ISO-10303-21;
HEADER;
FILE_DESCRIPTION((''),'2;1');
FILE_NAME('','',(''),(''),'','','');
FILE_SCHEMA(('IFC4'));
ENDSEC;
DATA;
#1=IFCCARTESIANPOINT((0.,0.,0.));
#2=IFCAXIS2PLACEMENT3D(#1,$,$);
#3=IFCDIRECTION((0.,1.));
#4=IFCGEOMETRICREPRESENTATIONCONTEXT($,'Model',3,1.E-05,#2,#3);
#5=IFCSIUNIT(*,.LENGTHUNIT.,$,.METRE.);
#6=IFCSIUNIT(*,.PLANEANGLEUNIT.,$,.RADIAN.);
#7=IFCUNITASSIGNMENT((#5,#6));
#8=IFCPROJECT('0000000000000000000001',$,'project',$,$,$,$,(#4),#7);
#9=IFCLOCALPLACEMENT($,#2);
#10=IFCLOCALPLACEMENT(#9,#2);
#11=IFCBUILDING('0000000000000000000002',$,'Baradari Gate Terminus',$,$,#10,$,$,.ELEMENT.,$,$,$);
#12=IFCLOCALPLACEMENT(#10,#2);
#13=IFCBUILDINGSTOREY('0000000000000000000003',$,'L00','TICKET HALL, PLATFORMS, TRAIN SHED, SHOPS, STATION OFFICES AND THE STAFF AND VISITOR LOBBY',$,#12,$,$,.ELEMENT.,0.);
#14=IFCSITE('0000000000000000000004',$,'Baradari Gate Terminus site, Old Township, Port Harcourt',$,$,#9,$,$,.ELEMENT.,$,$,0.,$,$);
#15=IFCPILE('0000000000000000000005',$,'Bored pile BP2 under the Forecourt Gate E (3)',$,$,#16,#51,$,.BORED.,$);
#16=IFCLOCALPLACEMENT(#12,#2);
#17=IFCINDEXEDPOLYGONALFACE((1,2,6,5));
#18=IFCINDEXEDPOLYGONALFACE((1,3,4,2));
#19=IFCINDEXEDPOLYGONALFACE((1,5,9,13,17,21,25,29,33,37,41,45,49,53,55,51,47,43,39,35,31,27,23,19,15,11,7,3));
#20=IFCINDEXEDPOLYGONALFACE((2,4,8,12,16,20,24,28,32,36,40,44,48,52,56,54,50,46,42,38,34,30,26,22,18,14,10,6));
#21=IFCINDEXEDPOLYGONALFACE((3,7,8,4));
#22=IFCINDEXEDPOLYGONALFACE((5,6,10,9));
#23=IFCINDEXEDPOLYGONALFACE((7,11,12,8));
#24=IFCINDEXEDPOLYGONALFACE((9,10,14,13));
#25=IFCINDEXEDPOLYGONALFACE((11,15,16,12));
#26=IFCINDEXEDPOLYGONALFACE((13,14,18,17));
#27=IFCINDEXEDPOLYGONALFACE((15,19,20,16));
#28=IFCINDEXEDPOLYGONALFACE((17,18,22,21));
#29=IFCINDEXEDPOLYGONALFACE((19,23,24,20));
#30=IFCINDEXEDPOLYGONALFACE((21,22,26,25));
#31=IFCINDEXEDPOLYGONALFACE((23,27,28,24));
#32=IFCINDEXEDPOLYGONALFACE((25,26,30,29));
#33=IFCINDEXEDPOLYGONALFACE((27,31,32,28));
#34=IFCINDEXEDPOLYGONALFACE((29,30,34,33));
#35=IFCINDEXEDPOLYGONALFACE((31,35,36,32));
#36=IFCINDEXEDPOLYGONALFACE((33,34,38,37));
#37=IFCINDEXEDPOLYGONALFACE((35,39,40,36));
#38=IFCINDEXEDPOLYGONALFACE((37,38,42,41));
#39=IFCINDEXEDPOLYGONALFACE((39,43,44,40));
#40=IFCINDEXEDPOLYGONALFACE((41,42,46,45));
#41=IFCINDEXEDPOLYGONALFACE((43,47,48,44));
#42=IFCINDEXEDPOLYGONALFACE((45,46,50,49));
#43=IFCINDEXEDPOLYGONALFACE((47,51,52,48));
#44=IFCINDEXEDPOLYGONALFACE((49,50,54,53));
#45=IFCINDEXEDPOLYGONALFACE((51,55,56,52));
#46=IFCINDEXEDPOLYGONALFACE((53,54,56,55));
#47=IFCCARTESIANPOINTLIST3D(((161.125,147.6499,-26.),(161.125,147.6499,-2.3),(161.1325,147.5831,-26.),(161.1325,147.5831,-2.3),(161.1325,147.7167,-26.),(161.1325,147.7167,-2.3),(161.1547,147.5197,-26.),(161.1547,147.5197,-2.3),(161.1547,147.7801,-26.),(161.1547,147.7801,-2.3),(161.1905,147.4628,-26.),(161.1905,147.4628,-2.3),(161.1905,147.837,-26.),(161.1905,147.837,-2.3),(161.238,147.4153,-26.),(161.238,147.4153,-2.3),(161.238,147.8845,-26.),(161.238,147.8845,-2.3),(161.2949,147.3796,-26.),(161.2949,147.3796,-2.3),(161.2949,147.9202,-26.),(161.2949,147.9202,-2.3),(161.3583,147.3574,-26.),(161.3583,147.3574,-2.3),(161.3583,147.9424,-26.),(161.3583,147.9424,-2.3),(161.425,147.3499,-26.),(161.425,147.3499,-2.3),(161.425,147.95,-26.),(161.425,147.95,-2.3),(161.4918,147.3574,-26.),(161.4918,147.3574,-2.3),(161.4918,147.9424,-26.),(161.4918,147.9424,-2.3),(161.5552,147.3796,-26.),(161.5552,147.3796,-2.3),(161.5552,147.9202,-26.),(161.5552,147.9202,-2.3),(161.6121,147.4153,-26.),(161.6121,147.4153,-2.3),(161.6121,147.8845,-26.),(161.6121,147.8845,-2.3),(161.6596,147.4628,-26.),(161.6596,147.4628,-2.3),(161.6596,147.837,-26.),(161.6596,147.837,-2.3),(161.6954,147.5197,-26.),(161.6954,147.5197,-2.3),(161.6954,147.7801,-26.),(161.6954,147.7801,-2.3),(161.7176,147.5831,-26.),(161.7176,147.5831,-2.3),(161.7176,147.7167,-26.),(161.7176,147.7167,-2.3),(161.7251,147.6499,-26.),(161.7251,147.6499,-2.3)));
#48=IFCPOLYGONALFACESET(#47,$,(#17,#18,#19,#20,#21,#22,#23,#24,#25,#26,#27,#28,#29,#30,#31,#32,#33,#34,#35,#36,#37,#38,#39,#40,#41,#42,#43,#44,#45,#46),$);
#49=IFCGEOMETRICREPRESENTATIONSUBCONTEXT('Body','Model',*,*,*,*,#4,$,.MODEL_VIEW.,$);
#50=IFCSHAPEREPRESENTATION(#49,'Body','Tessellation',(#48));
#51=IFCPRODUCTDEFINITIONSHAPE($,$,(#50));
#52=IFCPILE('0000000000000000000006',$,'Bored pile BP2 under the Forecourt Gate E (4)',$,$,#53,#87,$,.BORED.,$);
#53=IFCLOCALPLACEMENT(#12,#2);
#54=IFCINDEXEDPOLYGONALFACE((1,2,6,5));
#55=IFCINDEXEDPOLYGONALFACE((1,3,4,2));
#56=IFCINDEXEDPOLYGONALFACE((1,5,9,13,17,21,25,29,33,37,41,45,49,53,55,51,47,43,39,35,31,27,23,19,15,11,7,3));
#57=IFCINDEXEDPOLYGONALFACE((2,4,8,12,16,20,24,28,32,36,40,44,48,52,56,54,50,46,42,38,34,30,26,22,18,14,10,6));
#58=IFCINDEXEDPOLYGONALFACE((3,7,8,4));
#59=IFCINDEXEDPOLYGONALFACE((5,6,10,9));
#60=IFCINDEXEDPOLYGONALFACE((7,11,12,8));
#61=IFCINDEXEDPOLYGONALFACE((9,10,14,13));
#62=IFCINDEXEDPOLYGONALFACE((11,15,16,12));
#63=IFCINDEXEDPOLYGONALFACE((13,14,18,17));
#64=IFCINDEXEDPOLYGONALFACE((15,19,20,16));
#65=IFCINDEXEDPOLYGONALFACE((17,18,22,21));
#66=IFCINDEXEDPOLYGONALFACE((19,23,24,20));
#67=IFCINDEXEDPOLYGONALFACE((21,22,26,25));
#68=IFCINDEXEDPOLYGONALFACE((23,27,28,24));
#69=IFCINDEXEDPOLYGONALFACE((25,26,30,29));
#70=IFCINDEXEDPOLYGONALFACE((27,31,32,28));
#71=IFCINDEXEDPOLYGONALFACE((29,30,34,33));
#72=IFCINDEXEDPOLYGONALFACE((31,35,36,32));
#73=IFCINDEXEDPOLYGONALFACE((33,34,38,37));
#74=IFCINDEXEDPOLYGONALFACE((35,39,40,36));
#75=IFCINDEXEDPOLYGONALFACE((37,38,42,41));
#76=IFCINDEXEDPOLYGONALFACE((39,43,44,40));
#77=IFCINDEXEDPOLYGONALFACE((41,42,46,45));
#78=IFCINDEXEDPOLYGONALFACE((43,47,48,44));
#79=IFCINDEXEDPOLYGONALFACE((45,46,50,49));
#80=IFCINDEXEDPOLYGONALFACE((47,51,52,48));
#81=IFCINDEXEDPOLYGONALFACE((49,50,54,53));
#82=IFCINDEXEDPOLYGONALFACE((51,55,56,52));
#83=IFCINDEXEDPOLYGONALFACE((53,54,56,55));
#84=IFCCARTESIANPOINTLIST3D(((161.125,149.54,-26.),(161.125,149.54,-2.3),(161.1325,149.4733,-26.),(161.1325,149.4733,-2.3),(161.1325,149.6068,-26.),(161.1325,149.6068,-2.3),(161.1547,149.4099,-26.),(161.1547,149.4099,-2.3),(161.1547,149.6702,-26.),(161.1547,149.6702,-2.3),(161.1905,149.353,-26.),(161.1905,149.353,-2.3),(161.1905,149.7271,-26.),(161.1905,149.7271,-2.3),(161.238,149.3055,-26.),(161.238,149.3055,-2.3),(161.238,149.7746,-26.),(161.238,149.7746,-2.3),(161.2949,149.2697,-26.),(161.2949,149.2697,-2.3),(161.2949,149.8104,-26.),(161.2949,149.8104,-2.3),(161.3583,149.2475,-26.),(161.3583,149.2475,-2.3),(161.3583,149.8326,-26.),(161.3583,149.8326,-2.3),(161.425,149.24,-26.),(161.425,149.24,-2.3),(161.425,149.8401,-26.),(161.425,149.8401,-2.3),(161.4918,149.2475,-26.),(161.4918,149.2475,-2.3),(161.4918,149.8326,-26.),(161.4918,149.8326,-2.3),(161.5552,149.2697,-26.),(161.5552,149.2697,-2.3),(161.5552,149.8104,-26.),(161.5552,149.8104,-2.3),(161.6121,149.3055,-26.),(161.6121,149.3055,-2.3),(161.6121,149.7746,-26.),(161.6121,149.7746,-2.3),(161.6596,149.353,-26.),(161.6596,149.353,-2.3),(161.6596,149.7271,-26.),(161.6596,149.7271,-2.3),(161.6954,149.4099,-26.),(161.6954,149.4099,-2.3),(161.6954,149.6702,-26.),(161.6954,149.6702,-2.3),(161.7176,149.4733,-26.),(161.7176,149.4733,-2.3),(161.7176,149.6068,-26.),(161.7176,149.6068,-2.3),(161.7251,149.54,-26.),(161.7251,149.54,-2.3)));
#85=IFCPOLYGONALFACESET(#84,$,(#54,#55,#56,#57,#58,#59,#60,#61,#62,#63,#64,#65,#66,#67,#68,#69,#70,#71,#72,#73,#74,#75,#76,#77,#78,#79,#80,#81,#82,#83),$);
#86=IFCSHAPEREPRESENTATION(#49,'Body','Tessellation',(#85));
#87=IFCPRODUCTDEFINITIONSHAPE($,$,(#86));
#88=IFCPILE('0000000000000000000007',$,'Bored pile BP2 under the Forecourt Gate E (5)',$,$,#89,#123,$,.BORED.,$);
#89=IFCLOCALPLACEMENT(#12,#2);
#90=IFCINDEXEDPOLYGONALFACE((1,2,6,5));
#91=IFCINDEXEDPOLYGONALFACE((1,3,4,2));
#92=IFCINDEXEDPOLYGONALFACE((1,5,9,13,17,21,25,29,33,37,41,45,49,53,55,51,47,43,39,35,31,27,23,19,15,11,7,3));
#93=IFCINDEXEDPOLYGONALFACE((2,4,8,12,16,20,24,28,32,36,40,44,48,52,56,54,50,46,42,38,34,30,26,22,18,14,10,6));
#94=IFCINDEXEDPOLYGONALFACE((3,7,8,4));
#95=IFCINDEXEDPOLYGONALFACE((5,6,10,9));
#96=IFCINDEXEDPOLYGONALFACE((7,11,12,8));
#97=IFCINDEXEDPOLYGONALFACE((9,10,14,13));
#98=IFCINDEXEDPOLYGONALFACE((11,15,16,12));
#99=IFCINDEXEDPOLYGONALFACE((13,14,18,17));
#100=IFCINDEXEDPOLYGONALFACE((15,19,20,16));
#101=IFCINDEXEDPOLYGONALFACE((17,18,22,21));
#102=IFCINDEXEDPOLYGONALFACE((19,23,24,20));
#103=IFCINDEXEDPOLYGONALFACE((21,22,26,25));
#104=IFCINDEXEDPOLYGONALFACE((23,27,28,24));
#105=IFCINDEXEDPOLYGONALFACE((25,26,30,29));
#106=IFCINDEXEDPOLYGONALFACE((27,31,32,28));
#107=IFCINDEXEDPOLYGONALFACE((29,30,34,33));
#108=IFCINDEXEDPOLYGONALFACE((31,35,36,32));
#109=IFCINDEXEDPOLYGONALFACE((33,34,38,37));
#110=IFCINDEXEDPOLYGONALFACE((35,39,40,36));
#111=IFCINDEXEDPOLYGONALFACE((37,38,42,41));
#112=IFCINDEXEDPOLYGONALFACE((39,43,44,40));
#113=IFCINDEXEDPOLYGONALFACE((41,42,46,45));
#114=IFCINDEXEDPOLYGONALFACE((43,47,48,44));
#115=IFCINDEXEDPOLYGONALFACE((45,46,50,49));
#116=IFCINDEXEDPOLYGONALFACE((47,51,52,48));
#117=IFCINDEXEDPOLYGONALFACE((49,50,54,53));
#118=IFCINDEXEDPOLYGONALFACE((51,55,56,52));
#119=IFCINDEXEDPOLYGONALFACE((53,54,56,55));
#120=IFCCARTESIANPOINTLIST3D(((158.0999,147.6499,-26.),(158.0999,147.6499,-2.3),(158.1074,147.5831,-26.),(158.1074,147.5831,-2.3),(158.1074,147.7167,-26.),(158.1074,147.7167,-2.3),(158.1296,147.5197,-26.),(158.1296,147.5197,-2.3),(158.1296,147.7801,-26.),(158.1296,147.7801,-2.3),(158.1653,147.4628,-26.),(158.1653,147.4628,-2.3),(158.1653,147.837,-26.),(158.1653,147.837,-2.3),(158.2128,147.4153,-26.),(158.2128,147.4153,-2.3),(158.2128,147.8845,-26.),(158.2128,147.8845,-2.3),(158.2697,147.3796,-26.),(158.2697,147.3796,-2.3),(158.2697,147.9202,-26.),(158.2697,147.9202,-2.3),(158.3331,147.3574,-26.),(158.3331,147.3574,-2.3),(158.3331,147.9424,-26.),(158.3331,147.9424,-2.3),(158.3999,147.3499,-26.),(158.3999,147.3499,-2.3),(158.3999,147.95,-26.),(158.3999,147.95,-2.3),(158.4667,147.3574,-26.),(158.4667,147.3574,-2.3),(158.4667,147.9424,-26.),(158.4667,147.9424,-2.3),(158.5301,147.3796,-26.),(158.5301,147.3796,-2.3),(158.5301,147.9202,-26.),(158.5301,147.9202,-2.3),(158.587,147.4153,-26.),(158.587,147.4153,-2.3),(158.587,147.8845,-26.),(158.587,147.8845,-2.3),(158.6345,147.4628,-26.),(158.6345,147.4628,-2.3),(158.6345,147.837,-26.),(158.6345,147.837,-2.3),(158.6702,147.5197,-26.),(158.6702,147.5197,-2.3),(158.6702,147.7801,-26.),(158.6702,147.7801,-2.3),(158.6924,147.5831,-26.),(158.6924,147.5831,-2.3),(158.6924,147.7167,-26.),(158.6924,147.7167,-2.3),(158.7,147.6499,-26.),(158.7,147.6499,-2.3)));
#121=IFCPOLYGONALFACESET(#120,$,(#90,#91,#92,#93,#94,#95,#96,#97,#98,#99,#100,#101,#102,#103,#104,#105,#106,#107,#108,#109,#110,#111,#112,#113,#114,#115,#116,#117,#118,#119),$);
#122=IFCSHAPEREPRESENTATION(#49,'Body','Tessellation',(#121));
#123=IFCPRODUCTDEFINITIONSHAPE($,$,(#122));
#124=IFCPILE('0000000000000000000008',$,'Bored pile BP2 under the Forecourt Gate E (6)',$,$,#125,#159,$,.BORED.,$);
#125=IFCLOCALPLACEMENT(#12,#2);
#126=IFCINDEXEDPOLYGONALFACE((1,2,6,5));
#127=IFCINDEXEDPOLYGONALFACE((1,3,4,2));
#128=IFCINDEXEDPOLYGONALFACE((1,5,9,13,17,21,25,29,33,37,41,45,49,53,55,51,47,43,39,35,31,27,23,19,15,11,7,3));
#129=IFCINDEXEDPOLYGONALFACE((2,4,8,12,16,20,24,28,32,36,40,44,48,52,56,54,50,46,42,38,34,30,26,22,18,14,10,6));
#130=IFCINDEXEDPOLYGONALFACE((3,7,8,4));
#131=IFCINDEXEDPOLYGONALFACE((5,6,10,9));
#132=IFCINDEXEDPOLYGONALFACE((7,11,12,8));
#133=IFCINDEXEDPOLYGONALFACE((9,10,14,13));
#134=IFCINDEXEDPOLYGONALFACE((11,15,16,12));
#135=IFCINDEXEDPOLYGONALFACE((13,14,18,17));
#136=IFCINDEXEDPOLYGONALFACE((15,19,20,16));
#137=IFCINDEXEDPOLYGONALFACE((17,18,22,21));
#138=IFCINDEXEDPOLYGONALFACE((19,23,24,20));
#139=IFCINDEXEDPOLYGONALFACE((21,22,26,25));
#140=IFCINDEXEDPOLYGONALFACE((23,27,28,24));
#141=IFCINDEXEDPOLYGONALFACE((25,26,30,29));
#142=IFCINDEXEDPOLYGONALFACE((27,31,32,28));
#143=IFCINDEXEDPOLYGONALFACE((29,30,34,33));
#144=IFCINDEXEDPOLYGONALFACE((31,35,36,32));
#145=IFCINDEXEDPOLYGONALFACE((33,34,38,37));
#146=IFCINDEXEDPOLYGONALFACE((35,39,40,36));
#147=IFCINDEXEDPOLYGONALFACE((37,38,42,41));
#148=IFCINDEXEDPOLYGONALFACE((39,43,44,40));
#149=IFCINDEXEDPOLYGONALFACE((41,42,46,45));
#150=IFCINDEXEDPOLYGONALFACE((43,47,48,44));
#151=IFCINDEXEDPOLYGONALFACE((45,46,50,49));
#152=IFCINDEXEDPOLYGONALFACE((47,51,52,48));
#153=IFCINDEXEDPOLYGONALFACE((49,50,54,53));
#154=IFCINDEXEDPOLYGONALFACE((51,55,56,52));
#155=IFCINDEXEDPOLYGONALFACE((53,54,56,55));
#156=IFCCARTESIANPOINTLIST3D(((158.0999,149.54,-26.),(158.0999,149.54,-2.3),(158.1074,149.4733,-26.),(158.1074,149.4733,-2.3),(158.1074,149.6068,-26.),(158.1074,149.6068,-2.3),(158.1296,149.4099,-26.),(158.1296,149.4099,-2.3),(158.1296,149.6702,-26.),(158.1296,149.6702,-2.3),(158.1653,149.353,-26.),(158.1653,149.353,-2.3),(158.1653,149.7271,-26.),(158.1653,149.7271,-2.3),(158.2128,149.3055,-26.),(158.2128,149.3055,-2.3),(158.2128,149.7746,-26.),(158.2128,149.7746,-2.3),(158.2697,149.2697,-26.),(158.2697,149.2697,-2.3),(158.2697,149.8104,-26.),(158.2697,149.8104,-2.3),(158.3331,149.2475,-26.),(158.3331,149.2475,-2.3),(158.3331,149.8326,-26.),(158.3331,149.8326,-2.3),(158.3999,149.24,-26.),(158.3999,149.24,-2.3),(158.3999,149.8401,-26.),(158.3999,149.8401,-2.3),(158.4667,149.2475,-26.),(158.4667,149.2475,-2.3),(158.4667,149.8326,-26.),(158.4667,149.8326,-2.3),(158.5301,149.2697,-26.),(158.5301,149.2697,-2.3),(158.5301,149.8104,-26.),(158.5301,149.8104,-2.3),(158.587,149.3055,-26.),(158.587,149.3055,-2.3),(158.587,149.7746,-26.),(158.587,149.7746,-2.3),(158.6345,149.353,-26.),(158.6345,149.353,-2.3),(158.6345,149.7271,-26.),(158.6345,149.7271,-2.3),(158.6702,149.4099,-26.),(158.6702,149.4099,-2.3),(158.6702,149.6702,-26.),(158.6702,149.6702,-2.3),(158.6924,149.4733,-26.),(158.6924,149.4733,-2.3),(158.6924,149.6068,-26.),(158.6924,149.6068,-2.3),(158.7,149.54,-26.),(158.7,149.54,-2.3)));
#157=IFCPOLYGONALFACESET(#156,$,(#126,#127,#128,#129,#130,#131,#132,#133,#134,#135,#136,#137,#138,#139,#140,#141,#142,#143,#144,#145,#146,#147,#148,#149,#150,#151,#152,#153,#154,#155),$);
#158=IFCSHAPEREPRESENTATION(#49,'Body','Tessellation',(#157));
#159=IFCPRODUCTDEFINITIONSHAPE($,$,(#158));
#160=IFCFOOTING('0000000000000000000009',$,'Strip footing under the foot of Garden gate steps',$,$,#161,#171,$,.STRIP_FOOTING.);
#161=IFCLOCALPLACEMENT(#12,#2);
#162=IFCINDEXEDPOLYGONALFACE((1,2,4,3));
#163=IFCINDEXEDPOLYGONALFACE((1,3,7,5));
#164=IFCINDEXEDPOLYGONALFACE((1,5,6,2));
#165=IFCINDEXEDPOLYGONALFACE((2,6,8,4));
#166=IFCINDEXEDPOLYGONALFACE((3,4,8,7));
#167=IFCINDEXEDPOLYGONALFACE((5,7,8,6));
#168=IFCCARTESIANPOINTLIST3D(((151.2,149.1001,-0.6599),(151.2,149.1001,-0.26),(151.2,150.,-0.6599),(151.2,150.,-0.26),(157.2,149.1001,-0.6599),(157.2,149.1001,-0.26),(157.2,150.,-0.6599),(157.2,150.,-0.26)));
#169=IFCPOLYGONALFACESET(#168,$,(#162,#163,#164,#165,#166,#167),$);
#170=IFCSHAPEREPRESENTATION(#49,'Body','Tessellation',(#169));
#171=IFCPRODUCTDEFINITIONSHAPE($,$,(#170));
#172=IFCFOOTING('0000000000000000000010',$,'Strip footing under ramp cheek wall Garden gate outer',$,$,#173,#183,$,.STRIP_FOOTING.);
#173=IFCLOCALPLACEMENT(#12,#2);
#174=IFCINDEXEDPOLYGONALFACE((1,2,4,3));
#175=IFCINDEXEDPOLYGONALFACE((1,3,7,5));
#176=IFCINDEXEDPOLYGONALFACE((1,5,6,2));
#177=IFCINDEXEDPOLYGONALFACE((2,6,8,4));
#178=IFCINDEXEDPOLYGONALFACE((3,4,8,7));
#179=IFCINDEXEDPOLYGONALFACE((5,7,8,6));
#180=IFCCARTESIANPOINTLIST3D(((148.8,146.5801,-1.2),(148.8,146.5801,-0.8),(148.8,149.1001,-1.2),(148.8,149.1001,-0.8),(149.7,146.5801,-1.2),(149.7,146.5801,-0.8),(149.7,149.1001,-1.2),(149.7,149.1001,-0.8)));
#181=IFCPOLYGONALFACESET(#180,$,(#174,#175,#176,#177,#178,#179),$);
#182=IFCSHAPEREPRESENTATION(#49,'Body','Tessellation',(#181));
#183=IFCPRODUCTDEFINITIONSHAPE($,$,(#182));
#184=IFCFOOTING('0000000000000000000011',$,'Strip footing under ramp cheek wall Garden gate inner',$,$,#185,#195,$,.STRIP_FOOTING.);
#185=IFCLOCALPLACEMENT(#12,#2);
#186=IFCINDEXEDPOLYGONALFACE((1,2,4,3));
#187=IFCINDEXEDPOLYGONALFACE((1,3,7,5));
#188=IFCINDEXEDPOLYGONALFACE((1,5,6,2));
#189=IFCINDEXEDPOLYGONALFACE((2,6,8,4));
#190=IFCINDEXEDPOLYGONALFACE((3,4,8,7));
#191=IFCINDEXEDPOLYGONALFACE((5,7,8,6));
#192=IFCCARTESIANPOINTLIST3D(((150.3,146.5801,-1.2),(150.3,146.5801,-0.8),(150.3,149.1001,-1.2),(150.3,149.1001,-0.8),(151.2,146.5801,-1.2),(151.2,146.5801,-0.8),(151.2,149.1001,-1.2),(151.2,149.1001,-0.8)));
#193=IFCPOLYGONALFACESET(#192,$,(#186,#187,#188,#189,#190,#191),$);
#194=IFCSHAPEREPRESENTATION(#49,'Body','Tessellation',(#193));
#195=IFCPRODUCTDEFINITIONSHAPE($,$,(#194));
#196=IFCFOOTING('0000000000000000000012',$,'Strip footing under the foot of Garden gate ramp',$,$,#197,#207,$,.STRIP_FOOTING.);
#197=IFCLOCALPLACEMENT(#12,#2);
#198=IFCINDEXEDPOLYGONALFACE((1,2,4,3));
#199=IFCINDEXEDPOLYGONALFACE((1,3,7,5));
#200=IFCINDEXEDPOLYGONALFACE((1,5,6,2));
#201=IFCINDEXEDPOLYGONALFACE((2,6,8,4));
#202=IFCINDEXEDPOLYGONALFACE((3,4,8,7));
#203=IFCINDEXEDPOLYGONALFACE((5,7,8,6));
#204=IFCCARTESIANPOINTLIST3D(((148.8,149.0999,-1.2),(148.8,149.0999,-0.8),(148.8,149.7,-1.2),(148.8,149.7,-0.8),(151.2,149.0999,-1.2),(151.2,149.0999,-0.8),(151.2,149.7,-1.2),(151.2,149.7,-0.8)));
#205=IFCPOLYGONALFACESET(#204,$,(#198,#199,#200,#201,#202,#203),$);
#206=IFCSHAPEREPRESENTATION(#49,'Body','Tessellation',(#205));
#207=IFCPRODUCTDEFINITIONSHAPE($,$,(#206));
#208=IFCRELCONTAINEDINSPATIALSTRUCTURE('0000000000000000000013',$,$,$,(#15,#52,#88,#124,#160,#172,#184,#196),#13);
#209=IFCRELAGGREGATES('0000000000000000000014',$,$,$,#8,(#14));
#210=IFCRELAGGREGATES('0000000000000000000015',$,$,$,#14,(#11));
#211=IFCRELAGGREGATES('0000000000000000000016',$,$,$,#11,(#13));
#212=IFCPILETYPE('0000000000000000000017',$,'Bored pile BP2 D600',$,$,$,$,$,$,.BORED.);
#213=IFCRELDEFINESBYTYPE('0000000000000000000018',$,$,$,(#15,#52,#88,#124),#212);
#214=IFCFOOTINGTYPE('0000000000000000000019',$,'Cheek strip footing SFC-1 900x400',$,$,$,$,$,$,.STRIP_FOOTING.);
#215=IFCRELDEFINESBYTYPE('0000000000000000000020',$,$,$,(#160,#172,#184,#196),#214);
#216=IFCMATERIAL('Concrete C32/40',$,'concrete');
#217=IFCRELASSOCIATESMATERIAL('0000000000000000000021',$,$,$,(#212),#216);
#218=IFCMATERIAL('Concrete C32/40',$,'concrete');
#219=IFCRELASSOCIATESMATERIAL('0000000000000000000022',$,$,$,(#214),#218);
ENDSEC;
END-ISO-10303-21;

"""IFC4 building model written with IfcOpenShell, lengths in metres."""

from ifc_helpers import new_model, si_unit, direction, frame, origin, origin_2d, place, context, subcontext, project, spatial, rectangle, circle, extrude, material, type_object, element, save


model = new_model("IFC4")

# Units and contexts
model_context = context("Model", 3, precision=1e-05, world=origin(), true_north=direction((0.0, 1.0)))
body_context = subcontext(model_context, "Body", "Model", "MODEL_VIEW")
ifc_project = project(units=[si_unit("LENGTHUNIT", "METRE"), si_unit("PLANEANGLEUNIT", "RADIAN")], contexts=[model_context])

# Site, building, storey
site_placement = place(None, origin())
site = spatial("IfcSite", under=ifc_project, at=site_placement, Name="Baradari Gate Terminus site, Old Township, Port Harcourt", CompositionType="ELEMENT", RefElevation=0.0)
building_placement = place(site_placement, origin())
building = spatial("IfcBuilding", under=site, at=building_placement, Name="Baradari Gate Terminus", CompositionType="ELEMENT")
storey_placement = place(building_placement, origin())
storey = spatial("IfcBuildingStorey", under=building, at=storey_placement, Name="L00", Description="TICKET HALL, PLATFORMS, TRAIN SHED, SHOPS, STATION OFFICES AND THE STAFF AND VISITOR LOBBY", CompositionType="ELEMENT", Elevation=0.0)

# Piles
ifc_material_1 = material(Name="Concrete C32/40", Category="concrete")
pile_type = type_object("IfcPileType", Name="Bored pile BP2 D600", PredefinedType="BORED", material=ifc_material_1)
for number, where, z_axis, x_axis, name in (
    (1, (161.425, 147.6499, -2.3), (0.0, 0.0, -1.0), (1.0, 0.0, 0.0), "Bored pile BP2 under the Forecourt Gate E (3)"),
    (2, (161.425, 149.54, -2.3), (0.0, 0.0, -1.0), (1.0, 0.0, 0.0), "Bored pile BP2 under the Forecourt Gate E (4)"),
    (3, (158.3999, 147.6499, -2.3), (0.0, 0.0, -1.0), (1.0, 0.0, 0.0), "Bored pile BP2 under the Forecourt Gate E (5)"),
    (4, (158.3999, 149.54, -2.3), (0.0, 0.0, -1.0), (1.0, 0.0, 0.0), "Bored pile BP2 under the Forecourt Gate E (6)"),
):
    element("IfcPile", number, at=place(storey_placement, frame(where, z_axis=z_axis, x_axis=x_axis)), inside=storey, type_object=pile_type, Name=name, PredefinedType="BORED", context=body_context, shape_type="SweptSolid", body=[
        extrude(circle(Radius=0.3, at=origin_2d()), origin(), (0.0, 0.0, 1.0), 23.7),
    ])

# Footings
ifc_material_2 = material(Name="Concrete C32/40", Category="concrete")
footing_type_1 = type_object("IfcFootingType", Name="Cheek strip footing SFC-1 900x400", PredefinedType="STRIP_FOOTING", material=ifc_material_2)
footing_1_placement = place(storey_placement, frame((154.2, 149.55, -0.6599), z_axis=(0.0, 0.0, 1.0), x_axis=(1.0, 0.0, 0.0)))
element("IfcFooting", 5, at=footing_1_placement, inside=storey, type_object=footing_type_1, Name="Strip footing under the foot of Garden gate steps", PredefinedType="STRIP_FOOTING", context=body_context, shape_type="SweptSolid", body=[
    extrude(rectangle(XDim=6.0, YDim=0.8999, at=origin_2d()), origin(), (0.0, 0.0, 1.0), 0.3999),
])
for number, where, z_axis, x_axis, name in (
    (6, (149.25, 147.8401, -1.2), (0.0, 0.0, 1.0), (1.0, 0.0, 0.0), "Strip footing under ramp cheek wall Garden gate outer"),
    (7, (150.75, 147.8401, -1.2), (0.0, 0.0, 1.0), (1.0, 0.0, 0.0), "Strip footing under ramp cheek wall Garden gate inner"),
):
    element("IfcFooting", number, at=place(storey_placement, frame(where, z_axis=z_axis, x_axis=x_axis)), inside=storey, type_object=footing_type_1, Name=name, PredefinedType="STRIP_FOOTING", context=body_context, shape_type="SweptSolid", body=[
        extrude(rectangle(XDim=0.8999, YDim=2.52, at=origin_2d()), origin(), (0.0, 0.0, 1.0), 0.3999),
    ])
footing_2_placement = place(storey_placement, frame((150.0, 149.3999, -1.2), z_axis=(0.0, 0.0, 1.0), x_axis=(1.0, 0.0, 0.0)))
element("IfcFooting", 8, at=footing_2_placement, inside=storey, type_object=footing_type_1, Name="Strip footing under the foot of Garden gate ramp", PredefinedType="STRIP_FOOTING", context=body_context, shape_type="SweptSolid", body=[
    extrude(rectangle(XDim=2.3999, YDim=0.6001, at=origin_2d()), origin(), (0.0, 0.0, 1.0), 0.3999),
])

save(model, "model.ifc")
